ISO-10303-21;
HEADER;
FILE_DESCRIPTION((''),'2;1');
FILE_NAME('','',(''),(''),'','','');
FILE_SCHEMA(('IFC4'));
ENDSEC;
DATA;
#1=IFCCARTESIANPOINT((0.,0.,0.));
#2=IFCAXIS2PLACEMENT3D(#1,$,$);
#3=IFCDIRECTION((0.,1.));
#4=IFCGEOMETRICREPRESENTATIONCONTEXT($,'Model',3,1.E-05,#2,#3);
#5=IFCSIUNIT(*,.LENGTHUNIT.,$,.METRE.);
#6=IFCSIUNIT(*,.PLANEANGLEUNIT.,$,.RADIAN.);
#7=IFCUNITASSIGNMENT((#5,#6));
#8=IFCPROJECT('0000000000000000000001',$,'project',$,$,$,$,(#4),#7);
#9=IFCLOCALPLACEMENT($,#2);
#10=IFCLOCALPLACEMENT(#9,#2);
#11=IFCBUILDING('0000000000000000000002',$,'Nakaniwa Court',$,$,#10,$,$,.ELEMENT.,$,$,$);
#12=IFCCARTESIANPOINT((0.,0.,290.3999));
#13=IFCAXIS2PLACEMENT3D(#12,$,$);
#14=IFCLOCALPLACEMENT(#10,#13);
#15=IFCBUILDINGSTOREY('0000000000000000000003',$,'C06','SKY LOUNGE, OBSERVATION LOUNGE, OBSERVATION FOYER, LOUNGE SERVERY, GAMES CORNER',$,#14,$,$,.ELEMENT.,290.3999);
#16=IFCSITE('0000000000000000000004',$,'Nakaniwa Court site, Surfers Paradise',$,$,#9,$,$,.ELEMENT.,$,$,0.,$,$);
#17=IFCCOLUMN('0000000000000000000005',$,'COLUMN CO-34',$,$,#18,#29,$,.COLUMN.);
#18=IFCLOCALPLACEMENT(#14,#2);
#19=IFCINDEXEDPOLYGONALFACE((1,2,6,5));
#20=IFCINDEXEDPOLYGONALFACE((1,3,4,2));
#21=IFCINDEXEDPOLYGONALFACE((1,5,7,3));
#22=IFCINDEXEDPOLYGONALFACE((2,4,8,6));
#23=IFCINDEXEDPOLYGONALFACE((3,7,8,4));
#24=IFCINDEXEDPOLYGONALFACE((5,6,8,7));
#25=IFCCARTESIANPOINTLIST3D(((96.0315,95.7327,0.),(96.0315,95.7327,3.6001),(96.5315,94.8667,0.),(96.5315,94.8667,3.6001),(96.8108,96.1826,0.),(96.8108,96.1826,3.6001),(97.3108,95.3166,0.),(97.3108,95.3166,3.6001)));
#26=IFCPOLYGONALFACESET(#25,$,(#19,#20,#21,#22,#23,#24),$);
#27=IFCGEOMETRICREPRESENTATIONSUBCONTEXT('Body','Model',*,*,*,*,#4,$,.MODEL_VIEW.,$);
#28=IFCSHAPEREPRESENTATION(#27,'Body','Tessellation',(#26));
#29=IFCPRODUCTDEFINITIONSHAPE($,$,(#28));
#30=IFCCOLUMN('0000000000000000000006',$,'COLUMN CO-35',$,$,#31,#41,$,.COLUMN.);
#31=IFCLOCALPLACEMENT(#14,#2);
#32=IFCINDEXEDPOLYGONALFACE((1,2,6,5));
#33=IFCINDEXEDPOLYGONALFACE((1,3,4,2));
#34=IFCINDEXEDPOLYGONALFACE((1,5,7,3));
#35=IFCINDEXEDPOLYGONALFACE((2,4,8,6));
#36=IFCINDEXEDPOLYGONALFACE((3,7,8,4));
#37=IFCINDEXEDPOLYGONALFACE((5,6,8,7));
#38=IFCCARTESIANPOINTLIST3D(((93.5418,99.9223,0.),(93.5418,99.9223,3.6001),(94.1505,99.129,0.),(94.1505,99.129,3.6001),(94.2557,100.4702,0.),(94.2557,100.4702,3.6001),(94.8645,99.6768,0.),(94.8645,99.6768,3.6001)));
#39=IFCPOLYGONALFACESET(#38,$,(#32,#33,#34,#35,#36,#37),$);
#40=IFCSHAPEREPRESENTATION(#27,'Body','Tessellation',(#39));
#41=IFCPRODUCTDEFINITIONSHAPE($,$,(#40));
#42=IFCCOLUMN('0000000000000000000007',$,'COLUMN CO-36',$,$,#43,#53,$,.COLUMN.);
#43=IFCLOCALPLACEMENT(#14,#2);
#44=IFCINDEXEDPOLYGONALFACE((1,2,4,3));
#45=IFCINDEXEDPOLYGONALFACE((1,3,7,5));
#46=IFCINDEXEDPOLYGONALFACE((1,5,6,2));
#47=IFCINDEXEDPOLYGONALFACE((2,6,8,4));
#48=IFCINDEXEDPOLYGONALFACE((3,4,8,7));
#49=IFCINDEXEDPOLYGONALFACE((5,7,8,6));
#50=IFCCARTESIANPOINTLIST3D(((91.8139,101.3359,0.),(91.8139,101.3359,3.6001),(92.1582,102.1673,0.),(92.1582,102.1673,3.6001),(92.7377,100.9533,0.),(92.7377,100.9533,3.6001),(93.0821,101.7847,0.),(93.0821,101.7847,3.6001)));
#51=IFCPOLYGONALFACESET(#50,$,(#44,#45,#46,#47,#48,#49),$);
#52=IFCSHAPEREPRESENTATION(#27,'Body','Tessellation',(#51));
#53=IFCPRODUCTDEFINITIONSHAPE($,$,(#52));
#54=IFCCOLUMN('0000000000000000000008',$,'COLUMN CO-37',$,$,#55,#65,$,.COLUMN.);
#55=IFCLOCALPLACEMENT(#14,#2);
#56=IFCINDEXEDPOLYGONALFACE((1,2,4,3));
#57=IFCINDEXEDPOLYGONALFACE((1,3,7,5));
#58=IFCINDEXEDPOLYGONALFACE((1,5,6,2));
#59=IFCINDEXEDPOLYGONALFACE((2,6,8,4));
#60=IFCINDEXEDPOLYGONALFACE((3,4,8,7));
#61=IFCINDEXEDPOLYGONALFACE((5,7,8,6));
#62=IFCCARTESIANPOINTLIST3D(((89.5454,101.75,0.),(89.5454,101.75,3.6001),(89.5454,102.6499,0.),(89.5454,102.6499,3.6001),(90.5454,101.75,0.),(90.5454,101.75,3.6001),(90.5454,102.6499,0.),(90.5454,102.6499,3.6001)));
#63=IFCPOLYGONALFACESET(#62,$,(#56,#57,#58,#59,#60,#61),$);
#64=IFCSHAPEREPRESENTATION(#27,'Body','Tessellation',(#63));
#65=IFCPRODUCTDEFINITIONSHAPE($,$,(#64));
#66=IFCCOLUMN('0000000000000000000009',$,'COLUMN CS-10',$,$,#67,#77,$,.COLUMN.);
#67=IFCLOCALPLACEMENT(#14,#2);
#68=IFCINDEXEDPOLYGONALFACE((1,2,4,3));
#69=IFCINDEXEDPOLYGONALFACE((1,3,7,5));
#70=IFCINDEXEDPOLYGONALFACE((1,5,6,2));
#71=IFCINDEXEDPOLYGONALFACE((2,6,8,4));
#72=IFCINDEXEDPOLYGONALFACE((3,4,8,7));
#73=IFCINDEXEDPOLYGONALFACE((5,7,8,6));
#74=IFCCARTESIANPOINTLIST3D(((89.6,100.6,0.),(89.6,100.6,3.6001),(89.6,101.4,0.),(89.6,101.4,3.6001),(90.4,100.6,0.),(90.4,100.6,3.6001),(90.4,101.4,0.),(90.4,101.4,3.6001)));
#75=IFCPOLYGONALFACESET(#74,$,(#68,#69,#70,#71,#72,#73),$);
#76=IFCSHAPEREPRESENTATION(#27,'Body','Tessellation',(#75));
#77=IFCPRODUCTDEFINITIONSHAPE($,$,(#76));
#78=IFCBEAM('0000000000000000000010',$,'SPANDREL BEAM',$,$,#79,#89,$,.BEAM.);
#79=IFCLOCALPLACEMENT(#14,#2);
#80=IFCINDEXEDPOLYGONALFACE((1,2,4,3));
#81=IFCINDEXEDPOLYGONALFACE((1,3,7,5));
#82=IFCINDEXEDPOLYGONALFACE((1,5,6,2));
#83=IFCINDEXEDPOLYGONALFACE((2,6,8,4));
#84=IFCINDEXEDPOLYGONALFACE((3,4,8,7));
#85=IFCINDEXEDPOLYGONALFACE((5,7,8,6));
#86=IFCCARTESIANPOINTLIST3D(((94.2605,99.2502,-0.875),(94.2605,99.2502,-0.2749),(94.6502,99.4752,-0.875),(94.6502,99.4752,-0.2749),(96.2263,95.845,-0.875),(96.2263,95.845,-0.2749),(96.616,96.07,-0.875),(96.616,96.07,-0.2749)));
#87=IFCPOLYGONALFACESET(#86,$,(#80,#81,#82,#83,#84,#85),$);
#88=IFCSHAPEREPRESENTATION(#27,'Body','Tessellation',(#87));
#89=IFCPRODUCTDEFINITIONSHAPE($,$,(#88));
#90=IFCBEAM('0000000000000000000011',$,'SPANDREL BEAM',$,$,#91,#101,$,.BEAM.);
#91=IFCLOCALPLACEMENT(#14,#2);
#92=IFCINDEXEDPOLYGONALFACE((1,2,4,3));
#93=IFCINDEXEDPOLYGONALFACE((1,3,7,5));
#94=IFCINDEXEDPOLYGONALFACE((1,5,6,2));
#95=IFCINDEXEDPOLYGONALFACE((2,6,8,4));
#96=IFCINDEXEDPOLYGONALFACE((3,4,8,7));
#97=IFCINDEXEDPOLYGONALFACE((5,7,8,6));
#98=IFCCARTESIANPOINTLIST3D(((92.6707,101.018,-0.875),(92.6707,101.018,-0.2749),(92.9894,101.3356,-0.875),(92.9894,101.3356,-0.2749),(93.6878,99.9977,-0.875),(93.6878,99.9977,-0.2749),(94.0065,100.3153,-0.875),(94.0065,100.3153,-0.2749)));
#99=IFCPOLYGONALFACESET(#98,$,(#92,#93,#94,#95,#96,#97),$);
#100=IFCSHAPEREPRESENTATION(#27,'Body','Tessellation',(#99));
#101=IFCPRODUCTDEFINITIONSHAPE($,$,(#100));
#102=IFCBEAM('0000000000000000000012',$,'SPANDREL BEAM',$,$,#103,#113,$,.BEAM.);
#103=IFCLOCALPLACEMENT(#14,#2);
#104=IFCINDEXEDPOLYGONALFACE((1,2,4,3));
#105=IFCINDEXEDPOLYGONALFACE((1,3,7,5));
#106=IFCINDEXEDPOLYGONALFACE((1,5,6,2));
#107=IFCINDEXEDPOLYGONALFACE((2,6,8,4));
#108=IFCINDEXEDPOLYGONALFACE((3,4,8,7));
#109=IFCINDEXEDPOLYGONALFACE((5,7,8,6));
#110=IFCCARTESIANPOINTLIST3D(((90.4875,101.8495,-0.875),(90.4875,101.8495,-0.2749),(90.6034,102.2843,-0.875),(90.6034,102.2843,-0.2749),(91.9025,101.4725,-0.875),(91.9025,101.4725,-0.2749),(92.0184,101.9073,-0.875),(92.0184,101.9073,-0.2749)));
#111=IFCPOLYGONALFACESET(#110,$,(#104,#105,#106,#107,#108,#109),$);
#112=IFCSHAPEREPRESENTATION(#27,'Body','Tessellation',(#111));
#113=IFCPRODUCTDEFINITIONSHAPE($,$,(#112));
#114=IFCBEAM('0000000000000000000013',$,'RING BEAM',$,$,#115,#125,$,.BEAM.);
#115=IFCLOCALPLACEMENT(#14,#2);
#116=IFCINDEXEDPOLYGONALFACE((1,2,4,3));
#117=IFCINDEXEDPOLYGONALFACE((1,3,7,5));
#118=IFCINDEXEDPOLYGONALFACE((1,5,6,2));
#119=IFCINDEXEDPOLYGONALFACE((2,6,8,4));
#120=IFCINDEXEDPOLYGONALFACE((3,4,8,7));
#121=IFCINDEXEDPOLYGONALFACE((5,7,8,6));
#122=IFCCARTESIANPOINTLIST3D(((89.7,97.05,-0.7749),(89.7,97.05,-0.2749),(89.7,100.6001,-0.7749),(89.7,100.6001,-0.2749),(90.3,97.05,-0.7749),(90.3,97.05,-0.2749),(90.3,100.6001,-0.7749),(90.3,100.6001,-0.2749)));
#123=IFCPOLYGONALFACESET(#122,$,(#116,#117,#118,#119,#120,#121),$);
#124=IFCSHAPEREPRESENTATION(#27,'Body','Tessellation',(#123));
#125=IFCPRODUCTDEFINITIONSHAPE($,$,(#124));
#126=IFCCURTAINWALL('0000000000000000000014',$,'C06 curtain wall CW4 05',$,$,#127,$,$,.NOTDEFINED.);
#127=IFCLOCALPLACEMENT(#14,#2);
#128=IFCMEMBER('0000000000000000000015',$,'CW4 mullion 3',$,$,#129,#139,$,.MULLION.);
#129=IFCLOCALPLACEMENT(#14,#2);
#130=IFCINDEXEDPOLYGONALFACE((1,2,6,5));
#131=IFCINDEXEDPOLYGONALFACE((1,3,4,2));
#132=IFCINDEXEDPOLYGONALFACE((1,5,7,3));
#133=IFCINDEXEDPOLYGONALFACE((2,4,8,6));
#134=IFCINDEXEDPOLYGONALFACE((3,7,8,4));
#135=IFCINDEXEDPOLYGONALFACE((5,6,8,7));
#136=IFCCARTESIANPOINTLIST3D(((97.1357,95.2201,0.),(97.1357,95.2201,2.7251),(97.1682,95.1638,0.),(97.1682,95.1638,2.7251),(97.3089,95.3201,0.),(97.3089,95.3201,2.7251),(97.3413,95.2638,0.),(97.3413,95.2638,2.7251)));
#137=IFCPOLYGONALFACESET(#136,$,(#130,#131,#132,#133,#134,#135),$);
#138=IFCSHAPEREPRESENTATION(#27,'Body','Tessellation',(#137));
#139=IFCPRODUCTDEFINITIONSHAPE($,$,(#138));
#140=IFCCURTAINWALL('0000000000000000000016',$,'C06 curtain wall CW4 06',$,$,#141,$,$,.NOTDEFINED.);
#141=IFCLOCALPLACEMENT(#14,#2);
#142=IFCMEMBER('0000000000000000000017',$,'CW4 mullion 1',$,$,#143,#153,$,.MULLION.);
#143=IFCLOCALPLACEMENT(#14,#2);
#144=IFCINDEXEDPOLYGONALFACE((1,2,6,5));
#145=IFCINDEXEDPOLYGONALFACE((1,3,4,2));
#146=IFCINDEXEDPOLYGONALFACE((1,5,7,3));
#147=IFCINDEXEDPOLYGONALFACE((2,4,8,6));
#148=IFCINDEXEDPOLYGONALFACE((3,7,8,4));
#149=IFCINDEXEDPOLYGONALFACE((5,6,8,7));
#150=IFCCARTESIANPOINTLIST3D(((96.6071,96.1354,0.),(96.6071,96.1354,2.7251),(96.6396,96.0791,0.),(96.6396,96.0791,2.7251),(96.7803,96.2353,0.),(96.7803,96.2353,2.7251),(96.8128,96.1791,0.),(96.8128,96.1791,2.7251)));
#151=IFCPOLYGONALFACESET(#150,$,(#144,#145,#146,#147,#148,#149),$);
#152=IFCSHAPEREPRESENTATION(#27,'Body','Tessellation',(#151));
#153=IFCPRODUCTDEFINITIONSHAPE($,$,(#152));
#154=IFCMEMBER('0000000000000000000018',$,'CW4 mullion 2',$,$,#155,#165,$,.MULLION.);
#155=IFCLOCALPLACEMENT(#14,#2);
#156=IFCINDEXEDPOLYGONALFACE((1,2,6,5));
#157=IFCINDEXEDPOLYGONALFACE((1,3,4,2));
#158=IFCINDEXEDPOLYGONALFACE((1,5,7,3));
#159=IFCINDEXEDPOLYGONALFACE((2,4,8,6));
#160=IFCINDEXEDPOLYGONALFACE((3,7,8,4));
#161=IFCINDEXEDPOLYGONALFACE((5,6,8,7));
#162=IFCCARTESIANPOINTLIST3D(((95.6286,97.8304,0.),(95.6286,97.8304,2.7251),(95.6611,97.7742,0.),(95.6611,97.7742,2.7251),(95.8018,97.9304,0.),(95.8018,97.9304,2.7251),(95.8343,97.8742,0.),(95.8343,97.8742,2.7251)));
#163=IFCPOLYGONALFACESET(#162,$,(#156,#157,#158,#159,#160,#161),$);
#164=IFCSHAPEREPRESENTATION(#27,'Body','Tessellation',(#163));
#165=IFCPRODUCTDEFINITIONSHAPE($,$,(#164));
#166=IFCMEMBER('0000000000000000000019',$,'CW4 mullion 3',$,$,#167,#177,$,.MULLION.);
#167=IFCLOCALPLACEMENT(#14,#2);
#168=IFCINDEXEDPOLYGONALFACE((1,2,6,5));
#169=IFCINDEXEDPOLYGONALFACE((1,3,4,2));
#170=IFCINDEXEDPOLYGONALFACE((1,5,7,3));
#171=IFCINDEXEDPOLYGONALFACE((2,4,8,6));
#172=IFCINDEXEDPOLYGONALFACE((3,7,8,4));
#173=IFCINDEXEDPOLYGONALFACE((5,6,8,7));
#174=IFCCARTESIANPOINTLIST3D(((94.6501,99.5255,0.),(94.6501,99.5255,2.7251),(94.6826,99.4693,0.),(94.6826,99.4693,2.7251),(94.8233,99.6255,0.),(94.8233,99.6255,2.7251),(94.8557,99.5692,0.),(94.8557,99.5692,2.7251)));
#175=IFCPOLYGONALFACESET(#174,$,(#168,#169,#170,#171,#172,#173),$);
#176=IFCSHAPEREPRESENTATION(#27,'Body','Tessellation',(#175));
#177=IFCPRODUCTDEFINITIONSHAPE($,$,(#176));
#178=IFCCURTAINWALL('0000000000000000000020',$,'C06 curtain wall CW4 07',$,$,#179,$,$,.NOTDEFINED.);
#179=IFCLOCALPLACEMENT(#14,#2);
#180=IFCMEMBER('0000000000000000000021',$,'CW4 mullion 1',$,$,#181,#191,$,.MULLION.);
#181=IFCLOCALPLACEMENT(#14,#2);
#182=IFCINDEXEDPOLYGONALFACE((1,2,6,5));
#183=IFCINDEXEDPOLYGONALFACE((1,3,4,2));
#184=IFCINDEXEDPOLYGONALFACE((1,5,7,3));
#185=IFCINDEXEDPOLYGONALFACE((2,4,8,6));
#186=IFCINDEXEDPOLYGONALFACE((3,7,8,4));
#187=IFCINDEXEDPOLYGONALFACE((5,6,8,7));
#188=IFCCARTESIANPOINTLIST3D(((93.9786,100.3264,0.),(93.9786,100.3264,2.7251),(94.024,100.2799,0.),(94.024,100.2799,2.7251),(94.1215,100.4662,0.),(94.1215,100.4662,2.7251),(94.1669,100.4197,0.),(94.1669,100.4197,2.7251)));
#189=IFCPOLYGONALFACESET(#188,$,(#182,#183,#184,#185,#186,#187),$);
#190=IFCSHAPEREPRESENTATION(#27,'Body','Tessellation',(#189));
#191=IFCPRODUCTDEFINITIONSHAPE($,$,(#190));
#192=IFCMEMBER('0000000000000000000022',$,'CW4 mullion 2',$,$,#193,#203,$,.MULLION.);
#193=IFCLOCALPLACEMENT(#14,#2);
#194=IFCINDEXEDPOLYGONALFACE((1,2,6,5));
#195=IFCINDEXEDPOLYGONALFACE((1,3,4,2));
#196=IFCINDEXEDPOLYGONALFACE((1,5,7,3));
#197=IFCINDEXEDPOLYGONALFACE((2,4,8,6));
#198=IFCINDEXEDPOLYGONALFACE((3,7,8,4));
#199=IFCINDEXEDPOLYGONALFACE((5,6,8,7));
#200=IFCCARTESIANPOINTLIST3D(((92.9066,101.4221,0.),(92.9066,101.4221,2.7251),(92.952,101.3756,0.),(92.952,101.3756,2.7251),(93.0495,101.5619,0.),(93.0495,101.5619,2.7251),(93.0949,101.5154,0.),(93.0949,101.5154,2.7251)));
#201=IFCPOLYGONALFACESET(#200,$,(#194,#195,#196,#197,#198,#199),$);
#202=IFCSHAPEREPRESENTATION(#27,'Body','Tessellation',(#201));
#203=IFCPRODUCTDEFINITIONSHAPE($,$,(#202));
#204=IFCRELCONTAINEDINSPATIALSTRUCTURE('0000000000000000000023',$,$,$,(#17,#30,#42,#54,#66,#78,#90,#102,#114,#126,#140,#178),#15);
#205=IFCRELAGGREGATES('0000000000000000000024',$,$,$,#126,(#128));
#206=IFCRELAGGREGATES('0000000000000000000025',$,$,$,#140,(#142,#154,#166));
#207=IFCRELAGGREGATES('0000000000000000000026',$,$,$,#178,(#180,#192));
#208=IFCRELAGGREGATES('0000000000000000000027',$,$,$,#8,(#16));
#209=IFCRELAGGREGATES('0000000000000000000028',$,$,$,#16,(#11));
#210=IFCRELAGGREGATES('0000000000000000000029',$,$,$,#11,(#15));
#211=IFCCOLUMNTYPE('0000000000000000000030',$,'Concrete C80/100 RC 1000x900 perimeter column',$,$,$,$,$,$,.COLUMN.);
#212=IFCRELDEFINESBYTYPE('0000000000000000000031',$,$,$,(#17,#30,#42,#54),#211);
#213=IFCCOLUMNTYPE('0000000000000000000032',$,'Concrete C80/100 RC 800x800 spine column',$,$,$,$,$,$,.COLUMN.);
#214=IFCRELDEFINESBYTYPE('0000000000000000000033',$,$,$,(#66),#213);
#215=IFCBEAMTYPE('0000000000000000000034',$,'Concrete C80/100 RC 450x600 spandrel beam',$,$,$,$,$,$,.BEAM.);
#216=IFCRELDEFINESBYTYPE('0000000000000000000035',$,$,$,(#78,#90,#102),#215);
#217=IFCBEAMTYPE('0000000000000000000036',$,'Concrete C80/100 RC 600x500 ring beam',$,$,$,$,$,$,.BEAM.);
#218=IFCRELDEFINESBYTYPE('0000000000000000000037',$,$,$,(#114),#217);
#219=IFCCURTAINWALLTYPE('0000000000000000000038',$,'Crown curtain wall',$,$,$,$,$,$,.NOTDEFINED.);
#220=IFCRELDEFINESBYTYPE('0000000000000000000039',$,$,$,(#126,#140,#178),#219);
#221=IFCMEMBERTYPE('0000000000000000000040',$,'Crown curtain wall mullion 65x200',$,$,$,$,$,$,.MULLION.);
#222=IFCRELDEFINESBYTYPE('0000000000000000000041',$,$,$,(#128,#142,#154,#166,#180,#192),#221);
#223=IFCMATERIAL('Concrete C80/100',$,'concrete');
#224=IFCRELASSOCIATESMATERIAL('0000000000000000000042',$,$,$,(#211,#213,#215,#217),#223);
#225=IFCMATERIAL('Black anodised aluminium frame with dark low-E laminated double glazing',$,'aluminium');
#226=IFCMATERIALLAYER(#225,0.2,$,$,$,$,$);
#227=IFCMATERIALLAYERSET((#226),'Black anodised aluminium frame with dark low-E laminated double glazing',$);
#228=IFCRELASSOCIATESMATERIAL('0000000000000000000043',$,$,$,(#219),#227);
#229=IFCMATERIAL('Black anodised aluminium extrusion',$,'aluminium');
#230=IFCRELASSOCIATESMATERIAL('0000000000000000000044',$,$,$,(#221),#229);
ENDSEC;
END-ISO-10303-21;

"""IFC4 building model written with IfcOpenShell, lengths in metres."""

from ifc_helpers import new_model, si_unit, direction, frame, origin, origin_2d, place, context, subcontext, project, spatial, rectangle, extrude, material, layer, layer_set, material_profile, profile_set, type_object, element, aggregate, save


model = new_model("IFC4")

# Units and contexts
model_context = context("Model", 3, precision=1e-05, world=origin(), true_north=direction((0.0, 1.0)))
body_context = subcontext(model_context, "Body", "Model", "MODEL_VIEW")
ifc_project = project(units=[si_unit("LENGTHUNIT", "METRE"), si_unit("PLANEANGLEUNIT", "RADIAN")], contexts=[model_context])

# Site, building, storey
site_placement = place(None, origin())
site = spatial("IfcSite", under=ifc_project, at=site_placement, Name="Nakaniwa Court site, Surfers Paradise", CompositionType="ELEMENT", RefElevation=0.0)
building_placement = place(site_placement, origin())
building = spatial("IfcBuilding", under=site, at=building_placement, Name="Nakaniwa Court", CompositionType="ELEMENT")
storey_placement = place(building_placement, frame((0.0, 0.0, 290.3999)))
storey = spatial("IfcBuildingStorey", under=building, at=storey_placement, Name="C06", Description="SKY LOUNGE, OBSERVATION LOUNGE, OBSERVATION FOYER, LOUNGE SERVERY, GAMES CORNER", CompositionType="ELEMENT", Elevation=290.3999)

# Columns
ifc_material_1 = material(Name="Concrete C80/100", Category="concrete")
ifc_material_profile_1 = material_profile(ifc_material_1, rectangle(XDim=1.0, YDim=0.8999, at=origin_2d()), Name="Concrete C80/100 RC 1000x900 perimeter column")
ifc_profile_set_1 = profile_set([ifc_material_profile_1], Name="Concrete C80/100")
column_type_1 = type_object("IfcColumnType", Name="Concrete C80/100 RC 1000x900 perimeter column", PredefinedType="COLUMN", material=ifc_profile_set_1)
for number, where, z_axis, x_axis, name in (
    (1, (96.6711, 95.5247, 0.0), (0.0, 0.0, 1.0), (-0.5, 0.866025, 0.0), "COLUMN CO-34"),
    (2, (94.2031, 99.7996, 0.0), (0.0, 0.0, 1.0), (-0.608761, 0.793353, 0.0), "COLUMN CO-35"),
    (3, (92.448, 101.5603, 0.0), (0.0, 0.0, 1.0), (-0.92388, 0.382683, 0.0), "COLUMN CO-36"),
    (4, (90.0454, 102.2, 0.0), (0.0, 0.0, 1.0), (-1.0, 0.0, 0.0), "COLUMN CO-37"),
):
    element("IfcColumn", number, at=place(storey_placement, frame(where, z_axis=z_axis, x_axis=x_axis)), inside=storey, type_object=column_type_1, Name=name, PredefinedType="COLUMN", context=body_context, shape_type="SweptSolid", body=[
        extrude(rectangle(XDim=1.0, YDim=0.8999, at=origin_2d()), origin(), (0.0, 0.0, 1.0), 3.6001),
    ])
ifc_material_profile_2 = material_profile(ifc_material_1, rectangle(XDim=0.8, YDim=0.8, at=origin_2d()), Name="Concrete C80/100 RC 800x800 spine column")
ifc_profile_set_2 = profile_set([ifc_material_profile_2], Name="Concrete C80/100")
column_type_2 = type_object("IfcColumnType", Name="Concrete C80/100 RC 800x800 spine column", PredefinedType="COLUMN", material=ifc_profile_set_2)
column_placement = place(storey_placement, frame((90.0, 101.0, 0.0), z_axis=(0.0, 0.0, 1.0), x_axis=(0.0, 1.0, 0.0)))
element("IfcColumn", 5, at=column_placement, inside=storey, type_object=column_type_2, Name="COLUMN CS-10", PredefinedType="COLUMN", context=body_context, shape_type="SweptSolid", body=[
    extrude(rectangle(XDim=0.8, YDim=0.8, at=origin_2d()), origin(), (0.0, 0.0, 1.0), 3.6001),
])

# Beams
ifc_material_profile_3 = material_profile(ifc_material_1, rectangle(XDim=0.45, YDim=0.6001, at=origin_2d()), Name="Concrete C80/100 RC 450x600 spandrel beam")
ifc_profile_set_3 = profile_set([ifc_material_profile_3], Name="Concrete C80/100")
beam_type_1 = type_object("IfcBeamType", Name="Concrete C80/100 RC 450x600 spandrel beam", PredefinedType="BEAM", material=ifc_profile_set_3)
beam_1_placement = place(storey_placement, frame((96.4211, 95.9575, -0.575), z_axis=(-0.499959, 0.866049, 0.0), x_axis=(-0.866049, -0.499959, 0.0)))
element("IfcBeam", 6, at=beam_1_placement, inside=storey, type_object=beam_type_1, Name="SPANDREL BEAM", PredefinedType="BEAM", context=body_context, shape_type="SweptSolid", body=[
    extrude(rectangle(XDim=0.45, YDim=0.6001, at=origin_2d()), origin(), (0.0, 0.0, 1.0), 3.9319),
])
beam_2_placement = place(storey_placement, frame((93.8472, 100.1565, -0.575), z_axis=(-0.706004, 0.708207, 0.0), x_axis=(-0.708207, -0.706004, 0.0)))
element("IfcBeam", 7, at=beam_2_placement, inside=storey, type_object=beam_type_1, Name="SPANDREL BEAM", PredefinedType="BEAM", context=body_context, shape_type="SweptSolid", body=[
    extrude(rectangle(XDim=0.45, YDim=0.6001, at=origin_2d()), origin(), (0.0, 0.0, 1.0), 1.4407),
])
beam_3_placement = place(storey_placement, frame((91.9604, 101.6899, -0.575), z_axis=(-0.966301, 0.257414, 0.0), x_axis=(-0.257414, -0.966301, 0.0)))
element("IfcBeam", 8, at=beam_3_placement, inside=storey, type_object=beam_type_1, Name="SPANDREL BEAM", PredefinedType="BEAM", context=body_context, shape_type="SweptSolid", body=[
    extrude(rectangle(XDim=0.45, YDim=0.6001, at=origin_2d()), origin(), (0.0, 0.0, 1.0), 1.4644),
])
ifc_material_profile_4 = material_profile(ifc_material_1, rectangle(XDim=0.6001, YDim=0.5, at=origin_2d()), Name="Concrete C80/100 RC 600x500 ring beam")
ifc_profile_set_4 = profile_set([ifc_material_profile_4], Name="Concrete C80/100")
beam_type_2 = type_object("IfcBeamType", Name="Concrete C80/100 RC 600x500 ring beam", PredefinedType="BEAM", material=ifc_profile_set_4)
beam_4_placement = place(storey_placement, frame((90.0, 97.05, -0.5249), z_axis=(0.0, 1.0, 0.0), x_axis=(-1.0, 0.0, 0.0)))
element("IfcBeam", 9, at=beam_4_placement, inside=storey, type_object=beam_type_2, Name="RING BEAM", PredefinedType="BEAM", context=body_context, shape_type="SweptSolid", body=[
    extrude(rectangle(XDim=0.6001, YDim=0.5, at=origin_2d()), origin(), (0.0, 0.0, 1.0), 3.55),
])

# Curtain wall, member
ifc_material_2 = material(Name="Black anodised aluminium frame with dark low-E laminated double glazing", Category="aluminium")
ifc_layer_1 = layer(ifc_material_2, 0.2)
ifc_layer_set_1 = layer_set([ifc_layer_1], Name="Black anodised aluminium frame with dark low-E laminated double glazing")
curtain_wall_type = type_object("IfcCurtainWallType", Name="Crown curtain wall", PredefinedType="NOTDEFINED", material=ifc_layer_set_1)
curtain_wall_1_placement = place(storey_placement, origin())
curtain_wall_1 = element("IfcCurtainWall", 10, at=curtain_wall_1_placement, inside=storey, type_object=curtain_wall_type, Name="C06 curtain wall CW4 05", PredefinedType="NOTDEFINED")
ifc_material_3 = material(Name="Black anodised aluminium extrusion", Category="aluminium")
ifc_material_profile_5 = material_profile(ifc_material_3, rectangle(XDim=0.2, YDim=0.0649, at=origin_2d()), Name="Crown curtain wall mullion 65x200")
ifc_profile_set_5 = profile_set([ifc_material_profile_5], Name="Black anodised aluminium extrusion")
member_type_1 = type_object("IfcMemberType", Name="Crown curtain wall mullion 65x200", PredefinedType="MULLION", material=ifc_profile_set_5)
member_1_placement = place(storey_placement, frame((97.2385, 95.2419, 0.0), z_axis=(0.0, 0.0, 1.0), x_axis=(-0.866033, -0.499987, 0.0)))
member_1 = element("IfcMember", 11, at=member_1_placement, type_object=member_type_1, Name="CW4 mullion 3", PredefinedType="MULLION", context=body_context, shape_type="SweptSolid", body=[
    extrude(rectangle(XDim=0.2, YDim=0.0649, at=origin_2d()), origin(), (0.0, 0.0, 1.0), 2.7251),
])

# Curtain walls, members
curtain_wall_2_placement = place(storey_placement, origin())
curtain_wall_2 = element("IfcCurtainWall", 12, at=curtain_wall_2_placement, inside=storey, type_object=curtain_wall_type, Name="C06 curtain wall CW4 06", PredefinedType="NOTDEFINED")
member_2_placement = place(storey_placement, frame((96.71, 96.1572, 0.0), z_axis=(0.0, 0.0, 1.0), x_axis=(-0.866028, -0.499996, 0.0)))
member_2 = element("IfcMember", 13, at=member_2_placement, type_object=member_type_1, Name="CW4 mullion 1", PredefinedType="MULLION", context=body_context, shape_type="SweptSolid", body=[
    extrude(rectangle(XDim=0.2, YDim=0.0649, at=origin_2d()), origin(), (0.0, 0.0, 1.0), 2.7251),
])
member_3_placement = place(storey_placement, frame((95.7314, 97.8523, 0.0), z_axis=(0.0, 0.0, 1.0), x_axis=(-0.866028, -0.499996, 0.0)))
member_3 = element("IfcMember", 14, at=member_3_placement, type_object=member_type_1, Name="CW4 mullion 2", PredefinedType="MULLION", context=body_context, shape_type="SweptSolid", body=[
    extrude(rectangle(XDim=0.2, YDim=0.0649, at=origin_2d()), origin(), (0.0, 0.0, 1.0), 2.7251),
])
member_4_placement = place(storey_placement, frame((94.7529, 99.5474, 0.0), z_axis=(0.0, 0.0, 1.0), x_axis=(-0.866028, -0.499996, 0.0)))
member_4 = element("IfcMember", 15, at=member_4_placement, type_object=member_type_1, Name="CW4 mullion 3", PredefinedType="MULLION", context=body_context, shape_type="SweptSolid", body=[
    extrude(rectangle(XDim=0.2, YDim=0.0649, at=origin_2d()), origin(), (0.0, 0.0, 1.0), 2.7251),
])
curtain_wall_3_placement = place(storey_placement, origin())
curtain_wall_3 = element("IfcCurtainWall", 16, at=curtain_wall_3_placement, inside=storey, type_object=curtain_wall_type, Name="C06 curtain wall CW4 07", PredefinedType="NOTDEFINED")
member_5_placement = place(storey_placement, frame((94.0728, 100.373, 0.0), z_axis=(0.0, 0.0, 1.0), x_axis=(-0.714886, -0.699241, 0.0)))
member_5 = element("IfcMember", 17, at=member_5_placement, type_object=member_type_1, Name="CW4 mullion 1", PredefinedType="MULLION", context=body_context, shape_type="SweptSolid", body=[
    extrude(rectangle(XDim=0.2, YDim=0.0649, at=origin_2d()), origin(), (0.0, 0.0, 1.0), 2.7251),
])
member_6_placement = place(storey_placement, frame((93.0007, 101.4688, 0.0), z_axis=(0.0, 0.0, 1.0), x_axis=(-0.714886, -0.699241, 0.0)))
member_6 = element("IfcMember", 18, at=member_6_placement, type_object=member_type_1, Name="CW4 mullion 2", PredefinedType="MULLION", context=body_context, shape_type="SweptSolid", body=[
    extrude(rectangle(XDim=0.2, YDim=0.0649, at=origin_2d()), origin(), (0.0, 0.0, 1.0), 2.7251),
])

aggregate(curtain_wall_1, [member_1])
aggregate(curtain_wall_2, [member_2, member_3, member_4])
aggregate(curtain_wall_3, [member_5, member_6])

save(model, "model.ifc")
